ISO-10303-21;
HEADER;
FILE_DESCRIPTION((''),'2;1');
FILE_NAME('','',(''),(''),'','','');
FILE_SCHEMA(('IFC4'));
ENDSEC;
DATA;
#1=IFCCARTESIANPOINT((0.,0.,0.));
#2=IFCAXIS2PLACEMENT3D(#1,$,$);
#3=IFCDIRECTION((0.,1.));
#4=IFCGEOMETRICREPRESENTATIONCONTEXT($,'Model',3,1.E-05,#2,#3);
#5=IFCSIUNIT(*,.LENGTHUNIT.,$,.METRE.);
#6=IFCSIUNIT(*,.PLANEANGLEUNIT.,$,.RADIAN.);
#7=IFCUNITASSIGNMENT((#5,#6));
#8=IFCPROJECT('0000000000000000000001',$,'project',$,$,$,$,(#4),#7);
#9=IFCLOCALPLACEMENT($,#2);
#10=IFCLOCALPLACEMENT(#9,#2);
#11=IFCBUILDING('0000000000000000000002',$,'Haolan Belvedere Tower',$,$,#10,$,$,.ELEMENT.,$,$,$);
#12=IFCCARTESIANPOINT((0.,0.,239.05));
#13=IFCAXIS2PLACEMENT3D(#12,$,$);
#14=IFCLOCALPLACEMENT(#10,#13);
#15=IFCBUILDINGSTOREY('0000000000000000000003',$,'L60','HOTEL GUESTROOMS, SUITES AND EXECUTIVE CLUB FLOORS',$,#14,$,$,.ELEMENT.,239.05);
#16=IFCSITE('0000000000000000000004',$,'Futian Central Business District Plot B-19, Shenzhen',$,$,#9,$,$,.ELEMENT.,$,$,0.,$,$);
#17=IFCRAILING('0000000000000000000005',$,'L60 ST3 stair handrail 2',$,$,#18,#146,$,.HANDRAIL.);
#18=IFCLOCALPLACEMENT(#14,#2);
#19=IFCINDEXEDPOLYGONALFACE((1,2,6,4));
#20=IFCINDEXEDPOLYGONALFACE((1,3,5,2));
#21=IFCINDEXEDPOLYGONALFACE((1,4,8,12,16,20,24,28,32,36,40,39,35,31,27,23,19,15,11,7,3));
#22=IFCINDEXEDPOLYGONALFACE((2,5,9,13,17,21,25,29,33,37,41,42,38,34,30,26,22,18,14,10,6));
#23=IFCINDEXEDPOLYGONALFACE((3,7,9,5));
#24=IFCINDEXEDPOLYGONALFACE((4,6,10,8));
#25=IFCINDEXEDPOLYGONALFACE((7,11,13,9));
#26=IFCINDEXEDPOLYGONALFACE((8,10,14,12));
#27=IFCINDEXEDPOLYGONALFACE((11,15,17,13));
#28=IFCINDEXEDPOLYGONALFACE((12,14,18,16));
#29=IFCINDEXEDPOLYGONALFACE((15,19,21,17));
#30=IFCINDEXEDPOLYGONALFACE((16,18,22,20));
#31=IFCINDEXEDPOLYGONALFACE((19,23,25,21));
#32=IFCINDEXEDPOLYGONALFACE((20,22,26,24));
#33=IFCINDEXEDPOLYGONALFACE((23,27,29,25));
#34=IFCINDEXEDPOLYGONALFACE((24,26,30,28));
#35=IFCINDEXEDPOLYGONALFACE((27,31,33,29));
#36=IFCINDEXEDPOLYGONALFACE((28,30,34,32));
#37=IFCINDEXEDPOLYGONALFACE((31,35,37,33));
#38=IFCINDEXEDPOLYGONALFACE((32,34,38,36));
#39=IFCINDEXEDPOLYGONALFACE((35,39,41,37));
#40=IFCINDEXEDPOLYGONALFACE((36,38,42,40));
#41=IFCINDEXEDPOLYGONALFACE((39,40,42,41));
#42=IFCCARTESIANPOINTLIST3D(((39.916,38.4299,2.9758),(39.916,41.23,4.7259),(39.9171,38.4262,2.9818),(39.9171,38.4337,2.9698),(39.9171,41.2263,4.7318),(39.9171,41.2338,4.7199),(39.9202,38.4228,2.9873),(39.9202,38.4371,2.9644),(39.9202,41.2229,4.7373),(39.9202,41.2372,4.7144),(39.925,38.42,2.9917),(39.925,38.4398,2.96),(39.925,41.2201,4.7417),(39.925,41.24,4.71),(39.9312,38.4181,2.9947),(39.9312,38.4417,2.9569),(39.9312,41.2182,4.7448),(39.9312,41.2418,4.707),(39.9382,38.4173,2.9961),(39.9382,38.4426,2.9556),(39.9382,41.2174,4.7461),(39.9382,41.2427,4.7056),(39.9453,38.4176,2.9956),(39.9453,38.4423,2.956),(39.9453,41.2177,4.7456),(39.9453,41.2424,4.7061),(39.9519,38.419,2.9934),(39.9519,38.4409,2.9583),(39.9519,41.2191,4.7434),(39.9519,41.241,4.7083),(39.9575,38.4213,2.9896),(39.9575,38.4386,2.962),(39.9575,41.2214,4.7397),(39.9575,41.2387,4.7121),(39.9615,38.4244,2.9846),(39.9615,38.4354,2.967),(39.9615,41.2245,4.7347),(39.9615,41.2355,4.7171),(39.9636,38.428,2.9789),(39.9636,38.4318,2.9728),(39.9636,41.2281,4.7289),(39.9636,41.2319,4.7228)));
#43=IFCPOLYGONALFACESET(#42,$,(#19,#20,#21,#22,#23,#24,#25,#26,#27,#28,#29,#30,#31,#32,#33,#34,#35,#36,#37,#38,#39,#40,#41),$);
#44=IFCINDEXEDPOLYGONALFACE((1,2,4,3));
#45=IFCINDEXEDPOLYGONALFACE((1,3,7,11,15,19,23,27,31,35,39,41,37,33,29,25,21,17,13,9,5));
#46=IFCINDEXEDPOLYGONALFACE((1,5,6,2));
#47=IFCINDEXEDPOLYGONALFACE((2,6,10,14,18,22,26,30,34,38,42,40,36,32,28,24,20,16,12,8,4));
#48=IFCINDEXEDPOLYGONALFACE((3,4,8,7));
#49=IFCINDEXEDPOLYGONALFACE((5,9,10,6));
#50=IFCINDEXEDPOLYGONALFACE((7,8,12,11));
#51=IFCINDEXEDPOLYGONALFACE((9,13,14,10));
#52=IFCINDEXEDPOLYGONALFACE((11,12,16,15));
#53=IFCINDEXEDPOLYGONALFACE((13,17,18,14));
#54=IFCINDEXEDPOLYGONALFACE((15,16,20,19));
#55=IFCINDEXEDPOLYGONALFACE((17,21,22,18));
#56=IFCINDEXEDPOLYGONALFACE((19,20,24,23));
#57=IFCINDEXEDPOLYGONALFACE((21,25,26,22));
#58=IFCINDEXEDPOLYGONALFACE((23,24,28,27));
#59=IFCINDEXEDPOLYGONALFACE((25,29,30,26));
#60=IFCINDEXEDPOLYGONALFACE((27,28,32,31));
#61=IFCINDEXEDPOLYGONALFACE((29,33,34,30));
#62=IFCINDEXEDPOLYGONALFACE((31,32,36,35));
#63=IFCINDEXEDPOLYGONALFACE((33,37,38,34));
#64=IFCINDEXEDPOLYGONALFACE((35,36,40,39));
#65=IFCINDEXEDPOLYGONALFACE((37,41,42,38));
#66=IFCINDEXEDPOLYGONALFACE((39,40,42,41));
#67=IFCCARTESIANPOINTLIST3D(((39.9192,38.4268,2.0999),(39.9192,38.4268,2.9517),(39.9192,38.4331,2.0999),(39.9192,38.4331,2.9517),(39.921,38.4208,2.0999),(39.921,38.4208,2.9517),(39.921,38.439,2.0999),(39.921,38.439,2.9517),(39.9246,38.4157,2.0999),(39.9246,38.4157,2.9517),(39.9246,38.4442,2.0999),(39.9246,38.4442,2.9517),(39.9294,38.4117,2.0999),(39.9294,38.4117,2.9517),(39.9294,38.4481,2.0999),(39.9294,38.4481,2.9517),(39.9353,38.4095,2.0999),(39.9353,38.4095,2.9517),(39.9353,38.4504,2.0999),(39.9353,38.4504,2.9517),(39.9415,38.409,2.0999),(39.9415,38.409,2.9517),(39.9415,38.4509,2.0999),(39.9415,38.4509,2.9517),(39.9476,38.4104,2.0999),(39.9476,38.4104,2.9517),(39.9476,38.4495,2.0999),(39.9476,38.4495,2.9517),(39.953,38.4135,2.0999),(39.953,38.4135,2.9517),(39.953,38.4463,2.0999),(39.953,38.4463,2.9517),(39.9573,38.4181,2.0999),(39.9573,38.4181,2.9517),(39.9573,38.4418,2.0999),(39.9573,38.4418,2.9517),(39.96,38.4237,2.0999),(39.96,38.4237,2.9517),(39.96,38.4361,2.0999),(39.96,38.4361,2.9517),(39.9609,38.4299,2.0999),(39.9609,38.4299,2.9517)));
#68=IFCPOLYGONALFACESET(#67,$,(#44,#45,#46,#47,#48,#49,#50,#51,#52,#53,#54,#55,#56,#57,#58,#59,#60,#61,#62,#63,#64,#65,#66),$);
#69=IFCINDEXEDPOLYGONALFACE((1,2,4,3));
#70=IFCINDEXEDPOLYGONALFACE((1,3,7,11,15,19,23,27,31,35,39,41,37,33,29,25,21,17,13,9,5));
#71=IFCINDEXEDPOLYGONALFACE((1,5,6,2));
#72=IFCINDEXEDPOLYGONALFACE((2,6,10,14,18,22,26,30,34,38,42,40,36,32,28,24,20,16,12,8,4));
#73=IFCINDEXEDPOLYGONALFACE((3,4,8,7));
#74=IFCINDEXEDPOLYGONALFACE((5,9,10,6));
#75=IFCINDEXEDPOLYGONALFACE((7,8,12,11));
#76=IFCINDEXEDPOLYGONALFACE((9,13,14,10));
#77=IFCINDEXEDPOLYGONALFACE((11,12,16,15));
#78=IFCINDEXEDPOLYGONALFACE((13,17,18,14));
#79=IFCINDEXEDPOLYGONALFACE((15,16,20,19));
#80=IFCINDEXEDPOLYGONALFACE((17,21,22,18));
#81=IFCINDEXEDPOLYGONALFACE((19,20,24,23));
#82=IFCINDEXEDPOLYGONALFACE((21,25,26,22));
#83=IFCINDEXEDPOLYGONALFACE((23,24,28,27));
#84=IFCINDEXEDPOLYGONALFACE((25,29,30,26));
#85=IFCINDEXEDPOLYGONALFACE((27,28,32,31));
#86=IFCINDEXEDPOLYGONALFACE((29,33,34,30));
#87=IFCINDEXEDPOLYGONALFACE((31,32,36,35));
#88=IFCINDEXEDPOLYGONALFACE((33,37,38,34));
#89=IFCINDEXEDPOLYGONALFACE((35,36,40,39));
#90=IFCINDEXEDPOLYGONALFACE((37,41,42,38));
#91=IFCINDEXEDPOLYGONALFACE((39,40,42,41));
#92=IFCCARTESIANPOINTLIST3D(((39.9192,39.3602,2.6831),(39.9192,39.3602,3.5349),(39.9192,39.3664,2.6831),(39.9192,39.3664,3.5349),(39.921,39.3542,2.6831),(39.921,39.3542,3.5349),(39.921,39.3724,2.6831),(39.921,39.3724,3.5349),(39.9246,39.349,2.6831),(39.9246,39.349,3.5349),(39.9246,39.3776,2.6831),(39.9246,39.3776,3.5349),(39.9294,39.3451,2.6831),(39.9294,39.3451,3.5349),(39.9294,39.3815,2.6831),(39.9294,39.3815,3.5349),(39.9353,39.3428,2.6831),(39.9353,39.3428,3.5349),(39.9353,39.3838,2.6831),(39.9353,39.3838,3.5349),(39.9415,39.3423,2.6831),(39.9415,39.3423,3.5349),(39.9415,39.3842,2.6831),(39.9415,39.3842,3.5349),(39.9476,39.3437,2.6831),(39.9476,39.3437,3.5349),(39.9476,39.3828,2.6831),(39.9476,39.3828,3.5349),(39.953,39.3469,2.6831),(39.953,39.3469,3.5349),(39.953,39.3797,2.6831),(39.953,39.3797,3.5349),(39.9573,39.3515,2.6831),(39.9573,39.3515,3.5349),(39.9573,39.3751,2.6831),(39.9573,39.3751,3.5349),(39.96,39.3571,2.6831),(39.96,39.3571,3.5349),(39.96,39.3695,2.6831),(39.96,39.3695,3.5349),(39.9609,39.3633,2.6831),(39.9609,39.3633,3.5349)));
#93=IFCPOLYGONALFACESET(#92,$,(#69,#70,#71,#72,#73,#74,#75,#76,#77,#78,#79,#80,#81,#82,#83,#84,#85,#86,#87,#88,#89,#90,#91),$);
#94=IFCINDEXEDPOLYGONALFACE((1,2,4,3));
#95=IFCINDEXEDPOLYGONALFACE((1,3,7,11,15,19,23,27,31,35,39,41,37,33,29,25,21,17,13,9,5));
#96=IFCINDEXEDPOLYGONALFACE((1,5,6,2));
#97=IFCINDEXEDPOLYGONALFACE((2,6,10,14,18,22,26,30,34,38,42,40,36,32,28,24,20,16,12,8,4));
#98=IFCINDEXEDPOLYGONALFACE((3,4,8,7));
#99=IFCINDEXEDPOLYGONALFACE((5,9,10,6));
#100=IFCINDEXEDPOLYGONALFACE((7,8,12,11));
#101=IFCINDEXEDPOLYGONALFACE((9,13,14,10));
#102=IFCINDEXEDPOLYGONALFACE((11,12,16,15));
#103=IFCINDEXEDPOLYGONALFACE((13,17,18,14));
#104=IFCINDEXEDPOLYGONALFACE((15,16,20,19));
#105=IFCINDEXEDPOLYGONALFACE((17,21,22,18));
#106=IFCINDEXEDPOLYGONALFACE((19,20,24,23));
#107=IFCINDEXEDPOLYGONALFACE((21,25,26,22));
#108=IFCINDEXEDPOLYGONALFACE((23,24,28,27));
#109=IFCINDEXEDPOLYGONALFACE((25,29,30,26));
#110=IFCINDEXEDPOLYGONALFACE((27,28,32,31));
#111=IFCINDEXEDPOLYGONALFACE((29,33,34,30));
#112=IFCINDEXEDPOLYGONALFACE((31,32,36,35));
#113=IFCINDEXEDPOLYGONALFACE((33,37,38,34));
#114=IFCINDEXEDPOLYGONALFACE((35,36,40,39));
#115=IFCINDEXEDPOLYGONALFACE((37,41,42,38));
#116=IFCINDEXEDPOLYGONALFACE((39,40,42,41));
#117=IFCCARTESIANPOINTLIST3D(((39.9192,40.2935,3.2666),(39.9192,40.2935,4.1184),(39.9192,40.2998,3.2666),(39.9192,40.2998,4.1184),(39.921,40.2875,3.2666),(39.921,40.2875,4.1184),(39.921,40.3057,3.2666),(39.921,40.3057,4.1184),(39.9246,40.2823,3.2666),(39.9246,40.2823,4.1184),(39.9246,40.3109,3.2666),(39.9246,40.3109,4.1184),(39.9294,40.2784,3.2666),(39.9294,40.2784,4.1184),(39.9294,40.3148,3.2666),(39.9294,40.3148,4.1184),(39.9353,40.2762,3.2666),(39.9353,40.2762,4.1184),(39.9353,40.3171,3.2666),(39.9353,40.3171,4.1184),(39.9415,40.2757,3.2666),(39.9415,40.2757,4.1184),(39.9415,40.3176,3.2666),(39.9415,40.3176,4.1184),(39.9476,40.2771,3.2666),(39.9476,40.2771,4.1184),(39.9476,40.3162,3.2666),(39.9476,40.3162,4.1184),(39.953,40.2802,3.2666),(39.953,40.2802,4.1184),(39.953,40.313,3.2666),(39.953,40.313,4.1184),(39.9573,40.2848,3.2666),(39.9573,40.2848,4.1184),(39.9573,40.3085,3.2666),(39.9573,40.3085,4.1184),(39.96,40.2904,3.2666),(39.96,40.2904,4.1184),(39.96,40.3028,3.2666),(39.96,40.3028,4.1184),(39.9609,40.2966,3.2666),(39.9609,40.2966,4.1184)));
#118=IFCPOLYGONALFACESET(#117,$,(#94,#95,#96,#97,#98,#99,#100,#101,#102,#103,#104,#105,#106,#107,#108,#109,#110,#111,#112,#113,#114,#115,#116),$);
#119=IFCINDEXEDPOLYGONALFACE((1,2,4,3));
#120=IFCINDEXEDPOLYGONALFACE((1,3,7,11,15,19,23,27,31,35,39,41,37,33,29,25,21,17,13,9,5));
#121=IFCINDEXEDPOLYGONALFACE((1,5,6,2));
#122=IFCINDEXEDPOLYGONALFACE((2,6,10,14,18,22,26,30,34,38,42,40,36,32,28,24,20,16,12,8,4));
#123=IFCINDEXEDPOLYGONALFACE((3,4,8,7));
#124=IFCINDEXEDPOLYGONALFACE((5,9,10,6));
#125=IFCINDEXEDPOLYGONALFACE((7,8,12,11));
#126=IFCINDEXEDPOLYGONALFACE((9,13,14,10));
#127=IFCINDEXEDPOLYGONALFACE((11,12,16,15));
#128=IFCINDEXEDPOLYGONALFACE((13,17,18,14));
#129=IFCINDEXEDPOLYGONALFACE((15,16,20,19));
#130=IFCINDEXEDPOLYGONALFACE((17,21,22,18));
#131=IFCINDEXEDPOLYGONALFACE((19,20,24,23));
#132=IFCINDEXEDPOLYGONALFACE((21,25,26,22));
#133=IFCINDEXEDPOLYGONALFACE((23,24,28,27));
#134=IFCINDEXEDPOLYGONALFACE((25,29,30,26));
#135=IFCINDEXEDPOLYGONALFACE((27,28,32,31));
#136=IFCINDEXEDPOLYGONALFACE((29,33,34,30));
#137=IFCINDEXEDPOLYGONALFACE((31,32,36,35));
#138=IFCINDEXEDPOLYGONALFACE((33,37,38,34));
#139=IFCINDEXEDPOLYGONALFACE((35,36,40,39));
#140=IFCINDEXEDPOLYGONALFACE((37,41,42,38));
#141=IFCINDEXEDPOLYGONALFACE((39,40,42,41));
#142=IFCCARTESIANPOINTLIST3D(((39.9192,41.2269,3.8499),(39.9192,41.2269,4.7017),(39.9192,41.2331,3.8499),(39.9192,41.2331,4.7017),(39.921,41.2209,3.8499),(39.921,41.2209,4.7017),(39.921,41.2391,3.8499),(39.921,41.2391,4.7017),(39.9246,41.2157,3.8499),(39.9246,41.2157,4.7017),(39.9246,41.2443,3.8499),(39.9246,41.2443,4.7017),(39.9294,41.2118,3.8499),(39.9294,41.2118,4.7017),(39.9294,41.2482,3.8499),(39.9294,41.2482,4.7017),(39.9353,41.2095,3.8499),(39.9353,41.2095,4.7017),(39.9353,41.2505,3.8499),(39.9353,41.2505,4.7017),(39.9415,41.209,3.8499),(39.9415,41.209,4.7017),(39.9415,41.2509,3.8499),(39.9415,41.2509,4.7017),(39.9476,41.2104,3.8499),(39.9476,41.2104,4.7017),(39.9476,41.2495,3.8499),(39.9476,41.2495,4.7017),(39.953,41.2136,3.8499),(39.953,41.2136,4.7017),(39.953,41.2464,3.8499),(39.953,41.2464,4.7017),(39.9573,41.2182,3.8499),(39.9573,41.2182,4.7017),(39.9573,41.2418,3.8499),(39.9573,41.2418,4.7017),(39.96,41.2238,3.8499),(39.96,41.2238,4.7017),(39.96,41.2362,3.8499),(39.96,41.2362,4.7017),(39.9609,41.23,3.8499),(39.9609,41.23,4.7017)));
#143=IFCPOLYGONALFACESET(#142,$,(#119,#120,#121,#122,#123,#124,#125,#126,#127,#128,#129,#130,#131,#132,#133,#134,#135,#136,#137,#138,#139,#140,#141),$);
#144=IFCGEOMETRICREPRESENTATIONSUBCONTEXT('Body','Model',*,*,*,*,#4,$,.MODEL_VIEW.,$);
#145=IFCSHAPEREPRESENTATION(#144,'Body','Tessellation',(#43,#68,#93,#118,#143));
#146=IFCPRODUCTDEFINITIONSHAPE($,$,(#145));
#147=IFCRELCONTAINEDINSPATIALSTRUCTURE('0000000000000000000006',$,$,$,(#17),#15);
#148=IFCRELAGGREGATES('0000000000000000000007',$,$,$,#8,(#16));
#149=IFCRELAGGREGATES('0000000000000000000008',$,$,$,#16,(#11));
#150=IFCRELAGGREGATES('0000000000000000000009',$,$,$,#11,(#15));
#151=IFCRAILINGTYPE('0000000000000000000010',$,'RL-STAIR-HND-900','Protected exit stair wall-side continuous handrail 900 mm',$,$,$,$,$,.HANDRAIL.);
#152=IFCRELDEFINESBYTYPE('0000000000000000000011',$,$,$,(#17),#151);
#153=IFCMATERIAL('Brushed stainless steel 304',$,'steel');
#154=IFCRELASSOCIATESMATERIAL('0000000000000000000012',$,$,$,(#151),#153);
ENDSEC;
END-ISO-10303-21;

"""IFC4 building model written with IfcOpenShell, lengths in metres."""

from ifc_helpers import new_model, si_unit, direction, frame, origin, origin_2d, place, context, subcontext, project, spatial, circle, extrude, material, type_object, element, save


model = new_model("IFC4")

# Units and contexts
model_context = context("Model", 3, precision=1e-05, world=origin(), true_north=direction((0.0, 1.0)))
body_context = subcontext(model_context, "Body", "Model", "MODEL_VIEW")
ifc_project = project(units=[si_unit("LENGTHUNIT", "METRE"), si_unit("PLANEANGLEUNIT", "RADIAN")], contexts=[model_context])

# Site, building, storey
site_placement = place(None, origin())
site = spatial("IfcSite", under=ifc_project, at=site_placement, Name="Futian Central Business District Plot B-19, Shenzhen", CompositionType="ELEMENT", RefElevation=0.0)
building_placement = place(site_placement, origin())
building = spatial("IfcBuilding", under=site, at=building_placement, Name="Haolan Belvedere Tower", CompositionType="ELEMENT")
storey_placement = place(building_placement, frame((0.0, 0.0, 239.05)))
storey = spatial("IfcBuildingStorey", under=building, at=storey_placement, Name="L60", Description="HOTEL GUESTROOMS, SUITES AND EXECUTIVE CLUB FLOORS", CompositionType="ELEMENT", Elevation=239.05)

# Railing
ifc_material_1 = material(Name="Brushed stainless steel 304", Category="steel")
railing_type_1 = type_object("IfcRailingType", Name="RL-STAIR-HND-900", Description="Protected exit stair wall-side continuous handrail 900 mm", PredefinedType="HANDRAIL", material=ifc_material_1)
railing_1_placement = place(storey_placement, frame((39.9399, 38.4299, 2.0999)))
element("IfcRailing", 1, at=railing_1_placement, inside=storey, type_object=railing_type_1, Name="L60 ST3 stair handrail 2", PredefinedType="HANDRAIL", context=body_context, shape_type="SweptSolid", body=[
    extrude(circle(Radius=0.0239, at=origin_2d()), frame((0.0, 0.0, 0.876), z_axis=(0.0, 0.848002, 0.529992), x_axis=(-1.0, 0.0, 0.0)), (0.0, 0.0, 1.0), 3.302),
    extrude(circle(Radius=0.021, at=origin_2d()), origin(), (0.0, 0.0, 1.0), 0.8518),
    extrude(circle(Radius=0.021, at=origin_2d()), frame((0.0, 0.9333, 0.5833)), (0.0, 0.0, 1.0), 0.8518),
    extrude(circle(Radius=0.021, at=origin_2d()), frame((0.0, 1.8667, 1.1667)), (0.0, 0.0, 1.0), 0.8518),
    extrude(circle(Radius=0.021, at=origin_2d()), frame((0.0, 2.8, 1.75)), (0.0, 0.0, 1.0), 0.8518),
])

save(model, "model.ifc")
